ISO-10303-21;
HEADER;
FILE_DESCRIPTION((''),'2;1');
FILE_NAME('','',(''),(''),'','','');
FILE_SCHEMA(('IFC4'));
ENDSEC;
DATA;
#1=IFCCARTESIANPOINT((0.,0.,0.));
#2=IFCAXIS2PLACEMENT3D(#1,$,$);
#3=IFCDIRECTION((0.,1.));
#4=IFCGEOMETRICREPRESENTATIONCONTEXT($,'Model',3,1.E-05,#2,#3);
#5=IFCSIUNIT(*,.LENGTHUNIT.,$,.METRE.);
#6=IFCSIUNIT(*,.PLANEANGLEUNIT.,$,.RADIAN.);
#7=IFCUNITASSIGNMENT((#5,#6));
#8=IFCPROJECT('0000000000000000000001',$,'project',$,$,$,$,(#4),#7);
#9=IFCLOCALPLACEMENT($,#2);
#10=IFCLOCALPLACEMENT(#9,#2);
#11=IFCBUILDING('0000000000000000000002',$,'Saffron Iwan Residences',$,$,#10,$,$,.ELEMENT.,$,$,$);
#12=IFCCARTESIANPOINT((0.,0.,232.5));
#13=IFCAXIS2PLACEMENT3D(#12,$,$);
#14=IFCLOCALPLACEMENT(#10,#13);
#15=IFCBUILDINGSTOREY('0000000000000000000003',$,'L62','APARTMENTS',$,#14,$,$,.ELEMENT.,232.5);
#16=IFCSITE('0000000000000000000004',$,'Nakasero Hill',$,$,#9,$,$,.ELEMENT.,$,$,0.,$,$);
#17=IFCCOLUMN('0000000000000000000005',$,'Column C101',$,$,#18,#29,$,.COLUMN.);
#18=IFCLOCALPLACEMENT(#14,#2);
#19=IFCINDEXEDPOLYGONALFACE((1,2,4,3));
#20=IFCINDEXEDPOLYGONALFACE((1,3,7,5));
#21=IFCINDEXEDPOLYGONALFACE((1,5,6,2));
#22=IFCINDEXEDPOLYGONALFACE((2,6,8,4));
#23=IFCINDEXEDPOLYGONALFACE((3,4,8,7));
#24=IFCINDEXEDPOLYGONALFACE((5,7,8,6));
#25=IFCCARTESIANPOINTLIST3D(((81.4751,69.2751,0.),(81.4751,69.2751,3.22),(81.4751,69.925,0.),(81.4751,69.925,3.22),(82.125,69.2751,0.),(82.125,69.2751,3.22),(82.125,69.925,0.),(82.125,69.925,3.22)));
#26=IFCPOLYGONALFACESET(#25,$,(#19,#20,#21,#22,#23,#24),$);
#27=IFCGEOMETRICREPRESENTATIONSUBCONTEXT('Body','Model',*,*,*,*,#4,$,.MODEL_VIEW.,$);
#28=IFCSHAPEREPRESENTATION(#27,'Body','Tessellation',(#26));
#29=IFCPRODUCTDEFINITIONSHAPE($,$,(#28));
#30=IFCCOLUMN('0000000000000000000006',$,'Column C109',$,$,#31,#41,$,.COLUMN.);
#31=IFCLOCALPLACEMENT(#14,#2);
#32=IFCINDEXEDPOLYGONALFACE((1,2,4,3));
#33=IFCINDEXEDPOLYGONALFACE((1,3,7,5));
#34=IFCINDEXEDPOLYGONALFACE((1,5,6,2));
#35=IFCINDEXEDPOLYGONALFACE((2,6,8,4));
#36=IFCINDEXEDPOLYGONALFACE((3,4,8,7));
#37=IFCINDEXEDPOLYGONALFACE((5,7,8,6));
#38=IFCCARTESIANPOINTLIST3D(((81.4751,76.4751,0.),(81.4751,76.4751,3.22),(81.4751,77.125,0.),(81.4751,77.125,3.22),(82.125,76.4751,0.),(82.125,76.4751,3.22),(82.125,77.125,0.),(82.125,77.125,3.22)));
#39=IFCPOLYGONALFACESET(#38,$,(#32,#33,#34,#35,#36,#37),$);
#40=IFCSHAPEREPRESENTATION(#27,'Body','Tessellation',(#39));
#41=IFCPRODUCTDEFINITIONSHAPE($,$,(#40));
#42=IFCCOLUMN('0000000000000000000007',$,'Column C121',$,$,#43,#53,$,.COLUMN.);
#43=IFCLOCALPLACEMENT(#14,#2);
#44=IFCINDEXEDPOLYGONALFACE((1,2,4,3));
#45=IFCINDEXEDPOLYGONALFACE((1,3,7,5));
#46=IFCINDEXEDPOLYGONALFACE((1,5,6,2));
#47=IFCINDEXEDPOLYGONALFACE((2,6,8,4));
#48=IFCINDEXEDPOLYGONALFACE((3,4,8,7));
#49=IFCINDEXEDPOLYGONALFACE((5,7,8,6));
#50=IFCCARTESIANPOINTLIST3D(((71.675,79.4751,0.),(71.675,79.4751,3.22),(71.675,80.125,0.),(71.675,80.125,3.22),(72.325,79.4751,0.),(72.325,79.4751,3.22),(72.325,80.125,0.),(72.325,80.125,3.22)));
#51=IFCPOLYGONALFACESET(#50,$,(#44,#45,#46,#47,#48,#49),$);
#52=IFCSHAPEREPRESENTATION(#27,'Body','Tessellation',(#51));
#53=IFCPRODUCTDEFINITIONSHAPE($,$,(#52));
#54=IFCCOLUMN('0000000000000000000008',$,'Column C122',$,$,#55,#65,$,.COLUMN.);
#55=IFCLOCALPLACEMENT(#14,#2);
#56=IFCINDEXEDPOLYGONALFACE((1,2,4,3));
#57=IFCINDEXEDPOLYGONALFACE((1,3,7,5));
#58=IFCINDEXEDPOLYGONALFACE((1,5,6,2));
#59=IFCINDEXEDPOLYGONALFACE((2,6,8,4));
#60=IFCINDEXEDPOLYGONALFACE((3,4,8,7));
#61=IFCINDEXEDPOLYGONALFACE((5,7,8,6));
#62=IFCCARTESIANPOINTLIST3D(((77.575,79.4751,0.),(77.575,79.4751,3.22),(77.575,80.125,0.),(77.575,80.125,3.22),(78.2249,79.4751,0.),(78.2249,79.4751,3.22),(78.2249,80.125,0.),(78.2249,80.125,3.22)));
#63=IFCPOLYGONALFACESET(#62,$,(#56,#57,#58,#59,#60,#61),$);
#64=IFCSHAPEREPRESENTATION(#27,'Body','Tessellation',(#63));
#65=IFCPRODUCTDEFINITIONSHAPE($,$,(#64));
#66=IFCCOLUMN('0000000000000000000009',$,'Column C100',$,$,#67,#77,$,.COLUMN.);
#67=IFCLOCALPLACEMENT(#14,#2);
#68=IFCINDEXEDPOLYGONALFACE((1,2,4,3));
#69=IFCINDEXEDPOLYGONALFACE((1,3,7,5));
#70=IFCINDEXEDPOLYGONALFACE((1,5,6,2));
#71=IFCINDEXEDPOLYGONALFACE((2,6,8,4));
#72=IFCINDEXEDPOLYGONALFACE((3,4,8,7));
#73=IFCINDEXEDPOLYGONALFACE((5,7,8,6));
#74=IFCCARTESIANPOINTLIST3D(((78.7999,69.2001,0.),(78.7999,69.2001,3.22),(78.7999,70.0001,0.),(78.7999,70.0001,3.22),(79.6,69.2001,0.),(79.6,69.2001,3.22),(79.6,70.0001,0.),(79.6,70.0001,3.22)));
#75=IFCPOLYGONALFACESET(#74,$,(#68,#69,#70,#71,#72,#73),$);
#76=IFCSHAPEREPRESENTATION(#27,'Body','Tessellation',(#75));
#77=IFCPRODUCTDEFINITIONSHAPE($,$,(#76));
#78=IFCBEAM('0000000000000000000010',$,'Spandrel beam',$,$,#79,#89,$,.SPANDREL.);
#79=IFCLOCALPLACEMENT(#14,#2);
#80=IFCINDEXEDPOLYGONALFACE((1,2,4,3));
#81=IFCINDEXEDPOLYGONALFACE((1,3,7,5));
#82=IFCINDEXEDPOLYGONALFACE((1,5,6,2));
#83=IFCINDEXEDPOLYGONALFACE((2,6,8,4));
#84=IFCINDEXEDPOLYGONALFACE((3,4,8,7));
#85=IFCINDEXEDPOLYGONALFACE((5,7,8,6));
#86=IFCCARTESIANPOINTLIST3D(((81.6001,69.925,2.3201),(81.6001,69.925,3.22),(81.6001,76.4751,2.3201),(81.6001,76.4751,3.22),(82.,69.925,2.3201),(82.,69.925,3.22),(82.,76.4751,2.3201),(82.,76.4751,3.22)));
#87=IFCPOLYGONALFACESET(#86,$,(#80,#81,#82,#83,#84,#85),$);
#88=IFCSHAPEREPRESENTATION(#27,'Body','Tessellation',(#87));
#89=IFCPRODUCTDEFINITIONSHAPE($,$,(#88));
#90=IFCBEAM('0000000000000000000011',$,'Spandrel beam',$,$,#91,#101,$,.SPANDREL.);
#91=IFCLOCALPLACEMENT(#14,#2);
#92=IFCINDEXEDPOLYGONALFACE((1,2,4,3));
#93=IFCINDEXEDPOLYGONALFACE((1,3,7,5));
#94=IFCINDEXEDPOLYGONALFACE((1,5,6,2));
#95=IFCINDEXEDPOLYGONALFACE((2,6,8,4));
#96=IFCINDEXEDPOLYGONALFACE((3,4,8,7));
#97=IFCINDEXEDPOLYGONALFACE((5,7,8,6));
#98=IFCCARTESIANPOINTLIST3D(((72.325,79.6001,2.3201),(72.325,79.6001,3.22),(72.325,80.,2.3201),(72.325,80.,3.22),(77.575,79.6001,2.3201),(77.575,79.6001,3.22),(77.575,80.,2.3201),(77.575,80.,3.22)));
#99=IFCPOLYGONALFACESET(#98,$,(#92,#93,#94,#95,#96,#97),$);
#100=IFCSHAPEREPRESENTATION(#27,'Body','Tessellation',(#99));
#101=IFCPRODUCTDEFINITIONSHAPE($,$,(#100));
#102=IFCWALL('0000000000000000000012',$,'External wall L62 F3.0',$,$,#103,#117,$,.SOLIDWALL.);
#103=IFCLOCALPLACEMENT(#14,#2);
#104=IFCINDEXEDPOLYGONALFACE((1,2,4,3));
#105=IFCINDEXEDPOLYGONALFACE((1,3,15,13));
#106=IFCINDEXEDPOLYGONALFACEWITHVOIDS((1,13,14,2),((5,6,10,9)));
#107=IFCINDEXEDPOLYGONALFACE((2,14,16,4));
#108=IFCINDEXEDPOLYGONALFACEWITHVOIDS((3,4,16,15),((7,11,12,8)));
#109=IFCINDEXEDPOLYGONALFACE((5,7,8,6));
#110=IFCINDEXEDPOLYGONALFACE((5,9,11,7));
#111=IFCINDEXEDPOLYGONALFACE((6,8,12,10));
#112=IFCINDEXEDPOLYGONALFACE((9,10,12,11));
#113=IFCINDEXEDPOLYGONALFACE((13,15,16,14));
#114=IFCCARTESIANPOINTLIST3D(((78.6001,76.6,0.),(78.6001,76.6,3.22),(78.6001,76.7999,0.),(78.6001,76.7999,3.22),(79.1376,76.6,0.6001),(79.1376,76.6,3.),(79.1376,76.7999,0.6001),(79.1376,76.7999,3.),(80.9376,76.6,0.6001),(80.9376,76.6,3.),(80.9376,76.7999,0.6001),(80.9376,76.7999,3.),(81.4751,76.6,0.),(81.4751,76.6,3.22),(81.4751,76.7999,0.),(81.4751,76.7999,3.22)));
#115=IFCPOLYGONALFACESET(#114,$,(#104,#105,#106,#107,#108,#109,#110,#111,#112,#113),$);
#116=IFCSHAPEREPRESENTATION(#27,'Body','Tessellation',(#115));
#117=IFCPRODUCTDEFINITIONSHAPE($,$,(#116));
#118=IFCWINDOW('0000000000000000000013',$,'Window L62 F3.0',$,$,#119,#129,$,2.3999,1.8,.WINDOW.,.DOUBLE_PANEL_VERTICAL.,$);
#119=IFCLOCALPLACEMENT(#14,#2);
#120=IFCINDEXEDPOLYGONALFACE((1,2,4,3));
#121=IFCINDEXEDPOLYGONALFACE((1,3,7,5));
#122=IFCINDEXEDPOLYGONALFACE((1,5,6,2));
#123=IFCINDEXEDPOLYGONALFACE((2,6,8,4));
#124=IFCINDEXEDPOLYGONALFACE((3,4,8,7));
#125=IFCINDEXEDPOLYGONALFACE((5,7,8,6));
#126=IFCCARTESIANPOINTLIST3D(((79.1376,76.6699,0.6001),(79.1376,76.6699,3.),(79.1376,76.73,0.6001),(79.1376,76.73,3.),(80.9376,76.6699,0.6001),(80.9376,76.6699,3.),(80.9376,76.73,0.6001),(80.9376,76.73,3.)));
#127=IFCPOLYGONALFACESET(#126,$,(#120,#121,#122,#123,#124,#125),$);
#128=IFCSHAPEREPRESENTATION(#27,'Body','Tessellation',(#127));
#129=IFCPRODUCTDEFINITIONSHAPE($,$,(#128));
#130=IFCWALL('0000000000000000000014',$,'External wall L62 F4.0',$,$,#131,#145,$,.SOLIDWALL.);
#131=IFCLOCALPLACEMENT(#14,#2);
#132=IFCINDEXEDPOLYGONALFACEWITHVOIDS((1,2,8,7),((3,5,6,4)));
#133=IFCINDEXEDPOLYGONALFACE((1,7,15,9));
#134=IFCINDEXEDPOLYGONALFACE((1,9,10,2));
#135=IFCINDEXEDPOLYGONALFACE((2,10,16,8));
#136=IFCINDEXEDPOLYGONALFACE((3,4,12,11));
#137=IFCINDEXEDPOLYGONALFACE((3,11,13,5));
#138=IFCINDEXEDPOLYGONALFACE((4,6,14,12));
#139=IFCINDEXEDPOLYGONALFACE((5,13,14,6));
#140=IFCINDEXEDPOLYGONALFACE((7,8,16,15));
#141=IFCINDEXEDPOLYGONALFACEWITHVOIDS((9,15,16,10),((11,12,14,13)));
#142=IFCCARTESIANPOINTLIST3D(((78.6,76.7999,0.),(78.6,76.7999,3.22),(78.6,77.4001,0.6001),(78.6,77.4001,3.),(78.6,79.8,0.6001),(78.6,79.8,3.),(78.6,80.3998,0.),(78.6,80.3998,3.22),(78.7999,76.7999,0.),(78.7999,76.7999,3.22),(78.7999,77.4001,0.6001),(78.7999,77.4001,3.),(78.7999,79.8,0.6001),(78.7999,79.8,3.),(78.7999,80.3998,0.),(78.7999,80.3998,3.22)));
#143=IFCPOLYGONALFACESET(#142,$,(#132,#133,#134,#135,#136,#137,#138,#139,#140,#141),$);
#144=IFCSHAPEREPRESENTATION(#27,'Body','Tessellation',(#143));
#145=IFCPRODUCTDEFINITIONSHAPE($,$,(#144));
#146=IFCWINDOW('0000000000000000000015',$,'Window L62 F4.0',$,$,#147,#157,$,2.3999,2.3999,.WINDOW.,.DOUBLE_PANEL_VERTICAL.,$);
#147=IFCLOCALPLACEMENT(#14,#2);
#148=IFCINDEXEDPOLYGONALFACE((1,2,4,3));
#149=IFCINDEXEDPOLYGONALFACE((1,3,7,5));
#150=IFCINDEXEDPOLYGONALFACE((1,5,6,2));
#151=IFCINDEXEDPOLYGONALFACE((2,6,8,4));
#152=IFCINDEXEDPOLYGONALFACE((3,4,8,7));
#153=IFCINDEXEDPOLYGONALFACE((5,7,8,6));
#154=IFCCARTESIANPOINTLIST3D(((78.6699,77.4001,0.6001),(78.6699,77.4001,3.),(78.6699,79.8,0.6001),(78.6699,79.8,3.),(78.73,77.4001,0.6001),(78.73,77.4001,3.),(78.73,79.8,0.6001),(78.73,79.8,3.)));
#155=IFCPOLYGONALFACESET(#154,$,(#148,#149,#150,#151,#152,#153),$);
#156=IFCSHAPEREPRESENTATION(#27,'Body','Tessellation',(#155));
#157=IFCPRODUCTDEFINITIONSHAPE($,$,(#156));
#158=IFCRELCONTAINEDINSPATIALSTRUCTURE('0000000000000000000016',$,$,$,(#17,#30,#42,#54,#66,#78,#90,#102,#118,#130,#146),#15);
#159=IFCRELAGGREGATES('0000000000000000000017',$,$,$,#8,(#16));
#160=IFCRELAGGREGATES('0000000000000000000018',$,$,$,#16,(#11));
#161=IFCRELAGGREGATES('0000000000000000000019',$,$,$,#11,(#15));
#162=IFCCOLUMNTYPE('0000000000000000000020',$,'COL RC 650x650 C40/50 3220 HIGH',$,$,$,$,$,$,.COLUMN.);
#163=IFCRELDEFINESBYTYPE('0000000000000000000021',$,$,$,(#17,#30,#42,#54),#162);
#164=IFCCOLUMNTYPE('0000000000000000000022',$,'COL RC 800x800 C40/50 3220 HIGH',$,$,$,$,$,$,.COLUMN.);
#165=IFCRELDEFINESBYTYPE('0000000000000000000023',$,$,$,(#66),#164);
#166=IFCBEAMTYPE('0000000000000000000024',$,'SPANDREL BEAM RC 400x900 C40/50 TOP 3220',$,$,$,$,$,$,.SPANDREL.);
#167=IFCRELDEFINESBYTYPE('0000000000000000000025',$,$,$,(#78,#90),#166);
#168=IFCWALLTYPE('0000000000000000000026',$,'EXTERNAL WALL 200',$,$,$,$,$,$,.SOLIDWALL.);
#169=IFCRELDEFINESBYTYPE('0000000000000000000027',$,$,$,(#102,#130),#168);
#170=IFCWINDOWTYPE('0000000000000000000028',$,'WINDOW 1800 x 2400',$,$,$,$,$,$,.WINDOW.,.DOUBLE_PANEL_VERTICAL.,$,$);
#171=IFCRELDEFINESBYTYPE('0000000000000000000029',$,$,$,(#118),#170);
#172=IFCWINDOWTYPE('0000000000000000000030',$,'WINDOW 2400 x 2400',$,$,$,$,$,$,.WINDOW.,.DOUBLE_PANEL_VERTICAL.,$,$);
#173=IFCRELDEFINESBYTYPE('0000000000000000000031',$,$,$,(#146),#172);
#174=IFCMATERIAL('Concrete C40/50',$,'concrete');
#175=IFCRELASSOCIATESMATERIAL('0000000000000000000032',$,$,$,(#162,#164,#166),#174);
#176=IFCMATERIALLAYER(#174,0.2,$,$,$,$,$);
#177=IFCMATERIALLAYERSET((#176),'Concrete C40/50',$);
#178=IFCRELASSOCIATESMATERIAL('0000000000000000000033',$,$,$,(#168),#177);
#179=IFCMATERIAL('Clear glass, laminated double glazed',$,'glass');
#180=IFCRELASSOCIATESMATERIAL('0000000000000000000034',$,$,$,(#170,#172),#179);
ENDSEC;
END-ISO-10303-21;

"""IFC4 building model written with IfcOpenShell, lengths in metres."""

from ifc_helpers import new_model, si_unit, direction, frame, frame_2d, origin, origin_2d, place, context, subcontext, project, spatial, rectangle, extrude, source, transform, mapped, material, layer, layer_set, material_profile, profile_set, type_object, element, fill, save


model = new_model("IFC4")

# Units and contexts
model_context = context("Model", 3, precision=1e-05, world=origin(), true_north=direction((0.0, 1.0)))
body_context = subcontext(model_context, "Body", "Model", "MODEL_VIEW")
ifc_project = project(units=[si_unit("LENGTHUNIT", "METRE"), si_unit("PLANEANGLEUNIT", "RADIAN")], contexts=[model_context])

# Site, building, storey
site_placement = place(None, origin())
site = spatial("IfcSite", under=ifc_project, at=site_placement, Name="Nakasero Hill", CompositionType="ELEMENT", RefElevation=0.0)
building_placement = place(site_placement, origin())
building = spatial("IfcBuilding", under=site, at=building_placement, Name="Saffron Iwan Residences", CompositionType="ELEMENT")
storey_placement = place(building_placement, frame((0.0, 0.0, 232.5)))
storey = spatial("IfcBuildingStorey", under=building, at=storey_placement, Name="L62", Description="APARTMENTS", CompositionType="ELEMENT", Elevation=232.5)

# Columns
ifc_material_1 = material(Name="Concrete C40/50", Category="concrete")
ifc_material_profile_1 = material_profile(ifc_material_1, rectangle(XDim=0.6499, YDim=0.6499, at=origin_2d()), Name="RC 650x650")
ifc_profile_set_1 = profile_set([ifc_material_profile_1], Name="Concrete C40/50")
column_type_1 = type_object("IfcColumnType", Name="COL RC 650x650 C40/50 3220 HIGH", PredefinedType="COLUMN", material=ifc_profile_set_1)
shared_shape_1 = source(origin(), body_context, "Body", "SweptSolid", [
    extrude(rectangle(XDim=0.6499, YDim=0.6499, at=origin_2d()), origin(), (0.0, 0.0, 1.0), 3.22),
])
for number, where, z_axis, x_axis, name in (
    (1, (81.8, 69.6001, 0.0), (0.0, 0.0, 1.0), (1.0, 0.0, 0.0), "Column C101"),
    (2, (81.8, 76.8, 0.0), (0.0, 0.0, 1.0), (1.0, 0.0, 0.0), "Column C109"),
    (3, (72.0, 79.8, 0.0), (0.0, 0.0, 1.0), (1.0, 0.0, 0.0), "Column C121"),
    (4, (77.8999, 79.8, 0.0), (0.0, 0.0, 1.0), (1.0, 0.0, 0.0), "Column C122"),
):
    element("IfcColumn", number, at=place(storey_placement, frame(where, z_axis=z_axis, x_axis=x_axis)), inside=storey, type_object=column_type_1, Name=name, PredefinedType="COLUMN", context=body_context, shape_type="MappedRepresentation", body=[
        mapped(shared_shape_1, transform((0.0, 0.0, 0.0))),
    ])
ifc_material_profile_2 = material_profile(ifc_material_1, rectangle(XDim=0.8, YDim=0.8, at=origin_2d()), Name="RC 800x800")
ifc_profile_set_2 = profile_set([ifc_material_profile_2], Name="Concrete C40/50")
column_type_2 = type_object("IfcColumnType", Name="COL RC 800x800 C40/50 3220 HIGH", PredefinedType="COLUMN", material=ifc_profile_set_2)
shared_shape_2 = source(origin(), body_context, "Body", "SweptSolid", [
    extrude(rectangle(XDim=0.8, YDim=0.8, at=origin_2d()), origin(), (0.0, 0.0, 1.0), 3.22),
])
column_placement = place(storey_placement, frame((79.2, 69.6001, 0.0), z_axis=(0.0, 0.0, 1.0), x_axis=(1.0, 0.0, 0.0)))
element("IfcColumn", 5, at=column_placement, inside=storey, type_object=column_type_2, Name="Column C100", PredefinedType="COLUMN", context=body_context, shape_type="MappedRepresentation", body=[
    mapped(shared_shape_2, transform((0.0, 0.0, 0.0))),
])

# Beams
ifc_material_profile_3 = material_profile(ifc_material_1, rectangle(XDim=0.3999, YDim=0.8999, at=origin_2d()), Name="RC 400x900")
ifc_profile_set_3 = profile_set([ifc_material_profile_3], Name="Concrete C40/50")
beam_type = type_object("IfcBeamType", Name="SPANDREL BEAM RC 400x900 C40/50 TOP 3220", PredefinedType="SPANDREL", material=ifc_profile_set_3)
shared_shape_3 = source(origin(), body_context, "Body", "SweptSolid", [
    extrude(rectangle(XDim=0.3999, YDim=0.8999, at=origin_2d()), origin(), (0.0, 0.0, 1.0), 6.55),
])
beam_1_placement = place(storey_placement, frame((81.8, 76.4751, 2.77), z_axis=(0.0, -1.0, 0.0), x_axis=(1.0, 0.0, 0.0)))
element("IfcBeam", 6, at=beam_1_placement, inside=storey, type_object=beam_type, Name="Spandrel beam", PredefinedType="SPANDREL", context=body_context, shape_type="MappedRepresentation", body=[
    mapped(shared_shape_3, transform((0.0, 0.0, 0.0))),
])
shared_shape_4 = source(origin(), body_context, "Body", "SweptSolid", [
    extrude(rectangle(XDim=0.3999, YDim=0.8999, at=origin_2d()), origin(), (0.0, 0.0, 1.0), 5.25),
])
beam_2_placement = place(storey_placement, frame((72.325, 79.8, 2.77), z_axis=(1.0, 0.0, 0.0), x_axis=(0.0, 1.0, 0.0)))
element("IfcBeam", 7, at=beam_2_placement, inside=storey, type_object=beam_type, Name="Spandrel beam", PredefinedType="SPANDREL", context=body_context, shape_type="MappedRepresentation", body=[
    mapped(shared_shape_4, transform((0.0, 0.0, 0.0))),
])

# Walls, openings, windows
ifc_layer_1 = layer(ifc_material_1, 0.2)
ifc_layer_set_1 = layer_set([ifc_layer_1], Name="Concrete C40/50")
wall_type_1 = type_object("IfcWallType", Name="EXTERNAL WALL 200", PredefinedType="SOLIDWALL", material=ifc_layer_set_1)
wall_1_placement = place(storey_placement, frame((81.4751, 76.7, 0.0), z_axis=(0.0, 0.0, 1.0), x_axis=(-1.0, 0.0, 0.0)))
wall_1 = element("IfcWall", 8, at=wall_1_placement, inside=storey, type_object=wall_type_1, Name="External wall L62 F3.0", PredefinedType="SOLIDWALL", context=body_context, shape_type="SweptSolid", body=[
    extrude(rectangle(XDim=2.875, YDim=0.2, at=frame_2d((1.4375, 0.0))), origin(), (0.0, 0.0, 1.0), 3.22),
])
opening_1_placement = place(wall_1_placement, frame((0.5376, 0.0, 0.6001)))
opening_1 = element("IfcOpeningElement", 9, at=opening_1_placement, cuts=wall_1, PredefinedType="OPENING", context=body_context, shape_type="SweptSolid", body=[
    extrude(rectangle(XDim=1.8, YDim=2.3999, at=frame_2d((0.8999, 1.2))), frame((0.0, 0.1099, 0.0), z_axis=(0.0, -1.0, 0.0), x_axis=(1.0, 0.0, 0.0)), (0.0, 0.0, 1.0), 0.22),
])
ifc_material_2 = material(Name="Clear glass, laminated double glazed", Category="glass")
window_type_1 = type_object("IfcWindowType", Name="WINDOW 1800 x 2400", PartitioningType="DOUBLE_PANEL_VERTICAL", PredefinedType="WINDOW", material=ifc_material_2)
window_1_placement = place(opening_1_placement, origin())
window_1 = element("IfcWindow", 10, at=window_1_placement, inside=storey, type_object=window_type_1, Name="Window L62 F3.0", OverallHeight=2.3999, OverallWidth=1.8, PartitioningType="DOUBLE_PANEL_VERTICAL", PredefinedType="WINDOW", context=body_context, shape_type="SweptSolid", body=[
    extrude(rectangle(XDim=1.8, YDim=2.3999, at=frame_2d((0.8999, 1.2))), frame((0.0, 0.03, 0.0), z_axis=(0.0, -1.0, 0.0), x_axis=(1.0, 0.0, 0.0)), (0.0, 0.0, 1.0), 0.0601),
])
fill(opening_1, window_1)
wall_2_placement = place(storey_placement, frame((78.7, 76.8, 0.0), z_axis=(0.0, 0.0, 1.0), x_axis=(0.0, 1.0, 0.0)))
wall_2 = element("IfcWall", 11, at=wall_2_placement, inside=storey, type_object=wall_type_1, Name="External wall L62 F4.0", PredefinedType="SOLIDWALL", context=body_context, shape_type="SweptSolid", body=[
    extrude(rectangle(XDim=3.5999, YDim=0.2, at=frame_2d((1.7998, 0.0))), origin(), (0.0, 0.0, 1.0), 3.22),
])
opening_2_placement = place(wall_2_placement, frame((0.6001, 0.0, 0.6001)))
opening_2 = element("IfcOpeningElement", 12, at=opening_2_placement, cuts=wall_2, PredefinedType="OPENING", context=body_context, shape_type="SweptSolid", body=[
    extrude(rectangle(XDim=2.3999, YDim=2.3999, at=frame_2d((1.2, 1.2))), frame((0.0, 0.1099, 0.0), z_axis=(0.0, -1.0, 0.0), x_axis=(1.0, 0.0, 0.0)), (0.0, 0.0, 1.0), 0.22),
])
window_type_2 = type_object("IfcWindowType", Name="WINDOW 2400 x 2400", PartitioningType="DOUBLE_PANEL_VERTICAL", PredefinedType="WINDOW", material=ifc_material_2)
window_2_placement = place(opening_2_placement, origin())
window_2 = element("IfcWindow", 13, at=window_2_placement, inside=storey, type_object=window_type_2, Name="Window L62 F4.0", OverallHeight=2.3999, OverallWidth=2.3999, PartitioningType="DOUBLE_PANEL_VERTICAL", PredefinedType="WINDOW", context=body_context, shape_type="SweptSolid", body=[
    extrude(rectangle(XDim=2.3999, YDim=2.3999, at=frame_2d((1.2, 1.2))), frame((0.0, 0.03, 0.0), z_axis=(0.0, -1.0, 0.0), x_axis=(1.0, 0.0, 0.0)), (0.0, 0.0, 1.0), 0.0601),
])
fill(opening_2, window_2)

save(model, "model.ifc")
